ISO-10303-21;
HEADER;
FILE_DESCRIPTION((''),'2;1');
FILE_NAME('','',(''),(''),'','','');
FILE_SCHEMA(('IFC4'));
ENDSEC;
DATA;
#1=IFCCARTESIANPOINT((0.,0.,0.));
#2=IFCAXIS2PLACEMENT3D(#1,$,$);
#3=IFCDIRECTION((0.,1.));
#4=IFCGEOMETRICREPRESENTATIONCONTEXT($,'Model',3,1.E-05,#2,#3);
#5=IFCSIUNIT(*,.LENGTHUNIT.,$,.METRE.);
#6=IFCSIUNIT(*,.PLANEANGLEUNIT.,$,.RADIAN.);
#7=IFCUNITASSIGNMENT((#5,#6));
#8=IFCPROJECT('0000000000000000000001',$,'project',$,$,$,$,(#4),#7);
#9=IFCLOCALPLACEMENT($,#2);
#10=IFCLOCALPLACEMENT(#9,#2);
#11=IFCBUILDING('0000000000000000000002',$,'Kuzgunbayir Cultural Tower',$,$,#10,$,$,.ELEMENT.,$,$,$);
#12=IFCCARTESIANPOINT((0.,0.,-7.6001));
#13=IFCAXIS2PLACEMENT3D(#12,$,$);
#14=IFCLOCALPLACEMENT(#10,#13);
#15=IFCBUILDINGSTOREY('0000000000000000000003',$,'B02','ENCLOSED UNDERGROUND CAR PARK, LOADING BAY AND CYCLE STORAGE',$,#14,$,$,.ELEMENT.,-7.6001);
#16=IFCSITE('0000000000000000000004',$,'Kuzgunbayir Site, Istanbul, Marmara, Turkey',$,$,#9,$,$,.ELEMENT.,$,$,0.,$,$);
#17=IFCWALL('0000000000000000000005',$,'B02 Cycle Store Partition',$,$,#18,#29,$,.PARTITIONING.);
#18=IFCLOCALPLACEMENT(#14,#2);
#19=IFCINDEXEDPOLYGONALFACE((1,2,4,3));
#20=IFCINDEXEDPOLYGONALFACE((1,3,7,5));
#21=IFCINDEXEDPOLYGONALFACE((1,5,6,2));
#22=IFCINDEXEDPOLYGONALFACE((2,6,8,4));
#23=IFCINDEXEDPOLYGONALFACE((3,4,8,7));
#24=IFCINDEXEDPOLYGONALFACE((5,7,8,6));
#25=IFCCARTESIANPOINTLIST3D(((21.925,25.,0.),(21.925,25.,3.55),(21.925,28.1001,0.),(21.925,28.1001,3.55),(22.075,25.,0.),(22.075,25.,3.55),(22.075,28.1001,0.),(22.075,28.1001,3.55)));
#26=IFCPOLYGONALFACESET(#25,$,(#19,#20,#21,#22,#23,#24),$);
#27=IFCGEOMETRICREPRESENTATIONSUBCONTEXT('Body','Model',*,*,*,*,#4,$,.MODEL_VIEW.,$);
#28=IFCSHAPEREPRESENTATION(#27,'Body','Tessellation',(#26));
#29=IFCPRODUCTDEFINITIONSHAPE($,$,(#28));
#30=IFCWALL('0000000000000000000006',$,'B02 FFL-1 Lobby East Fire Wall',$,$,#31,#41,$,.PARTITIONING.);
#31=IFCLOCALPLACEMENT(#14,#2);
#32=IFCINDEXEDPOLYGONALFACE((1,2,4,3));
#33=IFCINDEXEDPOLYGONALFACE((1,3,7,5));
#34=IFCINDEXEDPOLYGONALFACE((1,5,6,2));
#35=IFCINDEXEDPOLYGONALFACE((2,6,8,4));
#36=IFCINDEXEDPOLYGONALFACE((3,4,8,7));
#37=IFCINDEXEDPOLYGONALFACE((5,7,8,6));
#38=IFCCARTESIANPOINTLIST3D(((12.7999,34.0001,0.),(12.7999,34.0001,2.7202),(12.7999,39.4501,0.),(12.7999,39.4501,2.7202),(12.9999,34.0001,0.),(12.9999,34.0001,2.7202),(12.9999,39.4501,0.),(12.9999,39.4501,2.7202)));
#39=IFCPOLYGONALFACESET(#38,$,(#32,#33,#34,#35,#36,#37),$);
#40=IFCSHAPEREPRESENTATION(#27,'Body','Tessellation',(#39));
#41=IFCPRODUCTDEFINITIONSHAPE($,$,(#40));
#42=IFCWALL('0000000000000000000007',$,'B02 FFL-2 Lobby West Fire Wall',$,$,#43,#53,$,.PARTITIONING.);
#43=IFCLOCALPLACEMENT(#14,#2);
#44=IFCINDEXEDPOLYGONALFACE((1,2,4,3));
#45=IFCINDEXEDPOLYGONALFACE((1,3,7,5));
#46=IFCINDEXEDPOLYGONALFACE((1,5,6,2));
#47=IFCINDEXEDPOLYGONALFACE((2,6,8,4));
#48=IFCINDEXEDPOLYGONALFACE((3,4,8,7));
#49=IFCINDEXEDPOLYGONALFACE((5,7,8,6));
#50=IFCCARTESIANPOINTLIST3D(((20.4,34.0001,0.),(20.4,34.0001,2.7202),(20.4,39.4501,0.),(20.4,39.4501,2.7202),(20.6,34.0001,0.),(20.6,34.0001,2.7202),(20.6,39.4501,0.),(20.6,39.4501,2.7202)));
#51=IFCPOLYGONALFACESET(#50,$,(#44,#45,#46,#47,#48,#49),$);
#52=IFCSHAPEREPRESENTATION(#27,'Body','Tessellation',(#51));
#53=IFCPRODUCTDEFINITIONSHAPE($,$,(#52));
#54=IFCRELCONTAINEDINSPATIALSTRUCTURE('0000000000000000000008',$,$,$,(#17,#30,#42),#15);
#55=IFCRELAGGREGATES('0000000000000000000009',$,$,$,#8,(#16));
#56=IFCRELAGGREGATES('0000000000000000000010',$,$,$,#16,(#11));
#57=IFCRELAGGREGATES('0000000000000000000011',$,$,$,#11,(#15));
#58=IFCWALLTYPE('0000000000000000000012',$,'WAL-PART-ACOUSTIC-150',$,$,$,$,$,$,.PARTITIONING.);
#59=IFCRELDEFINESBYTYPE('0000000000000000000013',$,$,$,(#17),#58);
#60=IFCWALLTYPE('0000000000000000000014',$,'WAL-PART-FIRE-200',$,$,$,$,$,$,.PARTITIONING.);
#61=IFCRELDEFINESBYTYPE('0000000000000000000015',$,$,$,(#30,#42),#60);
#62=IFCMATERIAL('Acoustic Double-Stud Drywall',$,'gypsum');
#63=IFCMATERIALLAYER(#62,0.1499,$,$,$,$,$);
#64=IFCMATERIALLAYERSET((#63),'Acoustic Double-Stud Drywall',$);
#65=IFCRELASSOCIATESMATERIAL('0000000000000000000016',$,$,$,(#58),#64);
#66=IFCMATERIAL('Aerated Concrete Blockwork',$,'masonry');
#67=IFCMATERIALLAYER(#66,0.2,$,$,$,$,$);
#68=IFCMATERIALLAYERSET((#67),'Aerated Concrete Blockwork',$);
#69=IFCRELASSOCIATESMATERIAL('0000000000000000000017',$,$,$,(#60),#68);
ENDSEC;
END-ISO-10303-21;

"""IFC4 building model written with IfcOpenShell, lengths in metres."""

from ifc_helpers import new_model, si_unit, direction, frame, frame_2d, origin, place, context, subcontext, project, spatial, rectangle, extrude, material, layer, layer_set, type_object, element, save


model = new_model("IFC4")

# Units and contexts
model_context = context("Model", 3, precision=1e-05, world=origin(), true_north=direction((0.0, 1.0)))
body_context = subcontext(model_context, "Body", "Model", "MODEL_VIEW")
ifc_project = project(units=[si_unit("LENGTHUNIT", "METRE"), si_unit("PLANEANGLEUNIT", "RADIAN")], contexts=[model_context])

# Site, building, storey
site_placement = place(None, origin())
site = spatial("IfcSite", under=ifc_project, at=site_placement, Name="Kuzgunbayir Site, Istanbul, Marmara, Turkey", CompositionType="ELEMENT", RefElevation=0.0)
building_placement = place(site_placement, origin())
building = spatial("IfcBuilding", under=site, at=building_placement, Name="Kuzgunbayir Cultural Tower", CompositionType="ELEMENT")
storey_placement = place(building_placement, frame((0.0, 0.0, -7.6001)))
storey = spatial("IfcBuildingStorey", under=building, at=storey_placement, Name="B02", Description="ENCLOSED UNDERGROUND CAR PARK, LOADING BAY AND CYCLE STORAGE", CompositionType="ELEMENT", Elevation=-7.6001)

# Walls
ifc_material_1 = material(Name="Acoustic Double-Stud Drywall", Category="gypsum")
ifc_layer_1 = layer(ifc_material_1, 0.1499)
ifc_layer_set_1 = layer_set([ifc_layer_1], Name="Acoustic Double-Stud Drywall")
wall_type_1 = type_object("IfcWallType", Name="WAL-PART-ACOUSTIC-150", PredefinedType="PARTITIONING", material=ifc_layer_set_1)
wall_1_placement = place(storey_placement, frame((22.0, 25.0, 0.0), z_axis=(0.0, 0.0, 1.0), x_axis=(0.0, 1.0, 0.0)))
element("IfcWall", 1, at=wall_1_placement, inside=storey, type_object=wall_type_1, Name="B02 Cycle Store Partition", PredefinedType="PARTITIONING", context=body_context, shape_type="SweptSolid", body=[
    extrude(rectangle(XDim=3.1001, YDim=0.1499, at=frame_2d((1.55, 0.0))), origin(), (0.0, 0.0, 1.0), 3.55),
])
ifc_material_2 = material(Name="Aerated Concrete Blockwork", Category="masonry")
ifc_layer_2 = layer(ifc_material_2, 0.2)
ifc_layer_set_2 = layer_set([ifc_layer_2], Name="Aerated Concrete Blockwork")
wall_type_2 = type_object("IfcWallType", Name="WAL-PART-FIRE-200", PredefinedType="PARTITIONING", material=ifc_layer_set_2)
wall_2_placement = place(storey_placement, frame((12.8999, 34.0, 0.0), z_axis=(0.0, 0.0, 1.0), x_axis=(0.0, 1.0, 0.0)))
element("IfcWall", 2, at=wall_2_placement, inside=storey, type_object=wall_type_2, Name="B02 FFL-1 Lobby East Fire Wall", PredefinedType="PARTITIONING", context=body_context, shape_type="SweptSolid", body=[
    extrude(rectangle(XDim=5.45, YDim=0.2, at=frame_2d((2.7251, 0.0))), origin(), (0.0, 0.0, 1.0), 2.7202),
])

# Wall
wall_3_placement = place(storey_placement, frame((20.5, 34.0, 0.0), z_axis=(0.0, 0.0, 1.0), x_axis=(0.0, 1.0, 0.0)))
element("IfcWall", 3, at=wall_3_placement, inside=storey, type_object=wall_type_2, Name="B02 FFL-2 Lobby West Fire Wall", PredefinedType="PARTITIONING", context=body_context, shape_type="SweptSolid", body=[
    extrude(rectangle(XDim=5.45, YDim=0.2, at=frame_2d((2.7251, 0.0))), origin(), (0.0, 0.0, 1.0), 2.7202),
])

save(model, "model.ifc")
